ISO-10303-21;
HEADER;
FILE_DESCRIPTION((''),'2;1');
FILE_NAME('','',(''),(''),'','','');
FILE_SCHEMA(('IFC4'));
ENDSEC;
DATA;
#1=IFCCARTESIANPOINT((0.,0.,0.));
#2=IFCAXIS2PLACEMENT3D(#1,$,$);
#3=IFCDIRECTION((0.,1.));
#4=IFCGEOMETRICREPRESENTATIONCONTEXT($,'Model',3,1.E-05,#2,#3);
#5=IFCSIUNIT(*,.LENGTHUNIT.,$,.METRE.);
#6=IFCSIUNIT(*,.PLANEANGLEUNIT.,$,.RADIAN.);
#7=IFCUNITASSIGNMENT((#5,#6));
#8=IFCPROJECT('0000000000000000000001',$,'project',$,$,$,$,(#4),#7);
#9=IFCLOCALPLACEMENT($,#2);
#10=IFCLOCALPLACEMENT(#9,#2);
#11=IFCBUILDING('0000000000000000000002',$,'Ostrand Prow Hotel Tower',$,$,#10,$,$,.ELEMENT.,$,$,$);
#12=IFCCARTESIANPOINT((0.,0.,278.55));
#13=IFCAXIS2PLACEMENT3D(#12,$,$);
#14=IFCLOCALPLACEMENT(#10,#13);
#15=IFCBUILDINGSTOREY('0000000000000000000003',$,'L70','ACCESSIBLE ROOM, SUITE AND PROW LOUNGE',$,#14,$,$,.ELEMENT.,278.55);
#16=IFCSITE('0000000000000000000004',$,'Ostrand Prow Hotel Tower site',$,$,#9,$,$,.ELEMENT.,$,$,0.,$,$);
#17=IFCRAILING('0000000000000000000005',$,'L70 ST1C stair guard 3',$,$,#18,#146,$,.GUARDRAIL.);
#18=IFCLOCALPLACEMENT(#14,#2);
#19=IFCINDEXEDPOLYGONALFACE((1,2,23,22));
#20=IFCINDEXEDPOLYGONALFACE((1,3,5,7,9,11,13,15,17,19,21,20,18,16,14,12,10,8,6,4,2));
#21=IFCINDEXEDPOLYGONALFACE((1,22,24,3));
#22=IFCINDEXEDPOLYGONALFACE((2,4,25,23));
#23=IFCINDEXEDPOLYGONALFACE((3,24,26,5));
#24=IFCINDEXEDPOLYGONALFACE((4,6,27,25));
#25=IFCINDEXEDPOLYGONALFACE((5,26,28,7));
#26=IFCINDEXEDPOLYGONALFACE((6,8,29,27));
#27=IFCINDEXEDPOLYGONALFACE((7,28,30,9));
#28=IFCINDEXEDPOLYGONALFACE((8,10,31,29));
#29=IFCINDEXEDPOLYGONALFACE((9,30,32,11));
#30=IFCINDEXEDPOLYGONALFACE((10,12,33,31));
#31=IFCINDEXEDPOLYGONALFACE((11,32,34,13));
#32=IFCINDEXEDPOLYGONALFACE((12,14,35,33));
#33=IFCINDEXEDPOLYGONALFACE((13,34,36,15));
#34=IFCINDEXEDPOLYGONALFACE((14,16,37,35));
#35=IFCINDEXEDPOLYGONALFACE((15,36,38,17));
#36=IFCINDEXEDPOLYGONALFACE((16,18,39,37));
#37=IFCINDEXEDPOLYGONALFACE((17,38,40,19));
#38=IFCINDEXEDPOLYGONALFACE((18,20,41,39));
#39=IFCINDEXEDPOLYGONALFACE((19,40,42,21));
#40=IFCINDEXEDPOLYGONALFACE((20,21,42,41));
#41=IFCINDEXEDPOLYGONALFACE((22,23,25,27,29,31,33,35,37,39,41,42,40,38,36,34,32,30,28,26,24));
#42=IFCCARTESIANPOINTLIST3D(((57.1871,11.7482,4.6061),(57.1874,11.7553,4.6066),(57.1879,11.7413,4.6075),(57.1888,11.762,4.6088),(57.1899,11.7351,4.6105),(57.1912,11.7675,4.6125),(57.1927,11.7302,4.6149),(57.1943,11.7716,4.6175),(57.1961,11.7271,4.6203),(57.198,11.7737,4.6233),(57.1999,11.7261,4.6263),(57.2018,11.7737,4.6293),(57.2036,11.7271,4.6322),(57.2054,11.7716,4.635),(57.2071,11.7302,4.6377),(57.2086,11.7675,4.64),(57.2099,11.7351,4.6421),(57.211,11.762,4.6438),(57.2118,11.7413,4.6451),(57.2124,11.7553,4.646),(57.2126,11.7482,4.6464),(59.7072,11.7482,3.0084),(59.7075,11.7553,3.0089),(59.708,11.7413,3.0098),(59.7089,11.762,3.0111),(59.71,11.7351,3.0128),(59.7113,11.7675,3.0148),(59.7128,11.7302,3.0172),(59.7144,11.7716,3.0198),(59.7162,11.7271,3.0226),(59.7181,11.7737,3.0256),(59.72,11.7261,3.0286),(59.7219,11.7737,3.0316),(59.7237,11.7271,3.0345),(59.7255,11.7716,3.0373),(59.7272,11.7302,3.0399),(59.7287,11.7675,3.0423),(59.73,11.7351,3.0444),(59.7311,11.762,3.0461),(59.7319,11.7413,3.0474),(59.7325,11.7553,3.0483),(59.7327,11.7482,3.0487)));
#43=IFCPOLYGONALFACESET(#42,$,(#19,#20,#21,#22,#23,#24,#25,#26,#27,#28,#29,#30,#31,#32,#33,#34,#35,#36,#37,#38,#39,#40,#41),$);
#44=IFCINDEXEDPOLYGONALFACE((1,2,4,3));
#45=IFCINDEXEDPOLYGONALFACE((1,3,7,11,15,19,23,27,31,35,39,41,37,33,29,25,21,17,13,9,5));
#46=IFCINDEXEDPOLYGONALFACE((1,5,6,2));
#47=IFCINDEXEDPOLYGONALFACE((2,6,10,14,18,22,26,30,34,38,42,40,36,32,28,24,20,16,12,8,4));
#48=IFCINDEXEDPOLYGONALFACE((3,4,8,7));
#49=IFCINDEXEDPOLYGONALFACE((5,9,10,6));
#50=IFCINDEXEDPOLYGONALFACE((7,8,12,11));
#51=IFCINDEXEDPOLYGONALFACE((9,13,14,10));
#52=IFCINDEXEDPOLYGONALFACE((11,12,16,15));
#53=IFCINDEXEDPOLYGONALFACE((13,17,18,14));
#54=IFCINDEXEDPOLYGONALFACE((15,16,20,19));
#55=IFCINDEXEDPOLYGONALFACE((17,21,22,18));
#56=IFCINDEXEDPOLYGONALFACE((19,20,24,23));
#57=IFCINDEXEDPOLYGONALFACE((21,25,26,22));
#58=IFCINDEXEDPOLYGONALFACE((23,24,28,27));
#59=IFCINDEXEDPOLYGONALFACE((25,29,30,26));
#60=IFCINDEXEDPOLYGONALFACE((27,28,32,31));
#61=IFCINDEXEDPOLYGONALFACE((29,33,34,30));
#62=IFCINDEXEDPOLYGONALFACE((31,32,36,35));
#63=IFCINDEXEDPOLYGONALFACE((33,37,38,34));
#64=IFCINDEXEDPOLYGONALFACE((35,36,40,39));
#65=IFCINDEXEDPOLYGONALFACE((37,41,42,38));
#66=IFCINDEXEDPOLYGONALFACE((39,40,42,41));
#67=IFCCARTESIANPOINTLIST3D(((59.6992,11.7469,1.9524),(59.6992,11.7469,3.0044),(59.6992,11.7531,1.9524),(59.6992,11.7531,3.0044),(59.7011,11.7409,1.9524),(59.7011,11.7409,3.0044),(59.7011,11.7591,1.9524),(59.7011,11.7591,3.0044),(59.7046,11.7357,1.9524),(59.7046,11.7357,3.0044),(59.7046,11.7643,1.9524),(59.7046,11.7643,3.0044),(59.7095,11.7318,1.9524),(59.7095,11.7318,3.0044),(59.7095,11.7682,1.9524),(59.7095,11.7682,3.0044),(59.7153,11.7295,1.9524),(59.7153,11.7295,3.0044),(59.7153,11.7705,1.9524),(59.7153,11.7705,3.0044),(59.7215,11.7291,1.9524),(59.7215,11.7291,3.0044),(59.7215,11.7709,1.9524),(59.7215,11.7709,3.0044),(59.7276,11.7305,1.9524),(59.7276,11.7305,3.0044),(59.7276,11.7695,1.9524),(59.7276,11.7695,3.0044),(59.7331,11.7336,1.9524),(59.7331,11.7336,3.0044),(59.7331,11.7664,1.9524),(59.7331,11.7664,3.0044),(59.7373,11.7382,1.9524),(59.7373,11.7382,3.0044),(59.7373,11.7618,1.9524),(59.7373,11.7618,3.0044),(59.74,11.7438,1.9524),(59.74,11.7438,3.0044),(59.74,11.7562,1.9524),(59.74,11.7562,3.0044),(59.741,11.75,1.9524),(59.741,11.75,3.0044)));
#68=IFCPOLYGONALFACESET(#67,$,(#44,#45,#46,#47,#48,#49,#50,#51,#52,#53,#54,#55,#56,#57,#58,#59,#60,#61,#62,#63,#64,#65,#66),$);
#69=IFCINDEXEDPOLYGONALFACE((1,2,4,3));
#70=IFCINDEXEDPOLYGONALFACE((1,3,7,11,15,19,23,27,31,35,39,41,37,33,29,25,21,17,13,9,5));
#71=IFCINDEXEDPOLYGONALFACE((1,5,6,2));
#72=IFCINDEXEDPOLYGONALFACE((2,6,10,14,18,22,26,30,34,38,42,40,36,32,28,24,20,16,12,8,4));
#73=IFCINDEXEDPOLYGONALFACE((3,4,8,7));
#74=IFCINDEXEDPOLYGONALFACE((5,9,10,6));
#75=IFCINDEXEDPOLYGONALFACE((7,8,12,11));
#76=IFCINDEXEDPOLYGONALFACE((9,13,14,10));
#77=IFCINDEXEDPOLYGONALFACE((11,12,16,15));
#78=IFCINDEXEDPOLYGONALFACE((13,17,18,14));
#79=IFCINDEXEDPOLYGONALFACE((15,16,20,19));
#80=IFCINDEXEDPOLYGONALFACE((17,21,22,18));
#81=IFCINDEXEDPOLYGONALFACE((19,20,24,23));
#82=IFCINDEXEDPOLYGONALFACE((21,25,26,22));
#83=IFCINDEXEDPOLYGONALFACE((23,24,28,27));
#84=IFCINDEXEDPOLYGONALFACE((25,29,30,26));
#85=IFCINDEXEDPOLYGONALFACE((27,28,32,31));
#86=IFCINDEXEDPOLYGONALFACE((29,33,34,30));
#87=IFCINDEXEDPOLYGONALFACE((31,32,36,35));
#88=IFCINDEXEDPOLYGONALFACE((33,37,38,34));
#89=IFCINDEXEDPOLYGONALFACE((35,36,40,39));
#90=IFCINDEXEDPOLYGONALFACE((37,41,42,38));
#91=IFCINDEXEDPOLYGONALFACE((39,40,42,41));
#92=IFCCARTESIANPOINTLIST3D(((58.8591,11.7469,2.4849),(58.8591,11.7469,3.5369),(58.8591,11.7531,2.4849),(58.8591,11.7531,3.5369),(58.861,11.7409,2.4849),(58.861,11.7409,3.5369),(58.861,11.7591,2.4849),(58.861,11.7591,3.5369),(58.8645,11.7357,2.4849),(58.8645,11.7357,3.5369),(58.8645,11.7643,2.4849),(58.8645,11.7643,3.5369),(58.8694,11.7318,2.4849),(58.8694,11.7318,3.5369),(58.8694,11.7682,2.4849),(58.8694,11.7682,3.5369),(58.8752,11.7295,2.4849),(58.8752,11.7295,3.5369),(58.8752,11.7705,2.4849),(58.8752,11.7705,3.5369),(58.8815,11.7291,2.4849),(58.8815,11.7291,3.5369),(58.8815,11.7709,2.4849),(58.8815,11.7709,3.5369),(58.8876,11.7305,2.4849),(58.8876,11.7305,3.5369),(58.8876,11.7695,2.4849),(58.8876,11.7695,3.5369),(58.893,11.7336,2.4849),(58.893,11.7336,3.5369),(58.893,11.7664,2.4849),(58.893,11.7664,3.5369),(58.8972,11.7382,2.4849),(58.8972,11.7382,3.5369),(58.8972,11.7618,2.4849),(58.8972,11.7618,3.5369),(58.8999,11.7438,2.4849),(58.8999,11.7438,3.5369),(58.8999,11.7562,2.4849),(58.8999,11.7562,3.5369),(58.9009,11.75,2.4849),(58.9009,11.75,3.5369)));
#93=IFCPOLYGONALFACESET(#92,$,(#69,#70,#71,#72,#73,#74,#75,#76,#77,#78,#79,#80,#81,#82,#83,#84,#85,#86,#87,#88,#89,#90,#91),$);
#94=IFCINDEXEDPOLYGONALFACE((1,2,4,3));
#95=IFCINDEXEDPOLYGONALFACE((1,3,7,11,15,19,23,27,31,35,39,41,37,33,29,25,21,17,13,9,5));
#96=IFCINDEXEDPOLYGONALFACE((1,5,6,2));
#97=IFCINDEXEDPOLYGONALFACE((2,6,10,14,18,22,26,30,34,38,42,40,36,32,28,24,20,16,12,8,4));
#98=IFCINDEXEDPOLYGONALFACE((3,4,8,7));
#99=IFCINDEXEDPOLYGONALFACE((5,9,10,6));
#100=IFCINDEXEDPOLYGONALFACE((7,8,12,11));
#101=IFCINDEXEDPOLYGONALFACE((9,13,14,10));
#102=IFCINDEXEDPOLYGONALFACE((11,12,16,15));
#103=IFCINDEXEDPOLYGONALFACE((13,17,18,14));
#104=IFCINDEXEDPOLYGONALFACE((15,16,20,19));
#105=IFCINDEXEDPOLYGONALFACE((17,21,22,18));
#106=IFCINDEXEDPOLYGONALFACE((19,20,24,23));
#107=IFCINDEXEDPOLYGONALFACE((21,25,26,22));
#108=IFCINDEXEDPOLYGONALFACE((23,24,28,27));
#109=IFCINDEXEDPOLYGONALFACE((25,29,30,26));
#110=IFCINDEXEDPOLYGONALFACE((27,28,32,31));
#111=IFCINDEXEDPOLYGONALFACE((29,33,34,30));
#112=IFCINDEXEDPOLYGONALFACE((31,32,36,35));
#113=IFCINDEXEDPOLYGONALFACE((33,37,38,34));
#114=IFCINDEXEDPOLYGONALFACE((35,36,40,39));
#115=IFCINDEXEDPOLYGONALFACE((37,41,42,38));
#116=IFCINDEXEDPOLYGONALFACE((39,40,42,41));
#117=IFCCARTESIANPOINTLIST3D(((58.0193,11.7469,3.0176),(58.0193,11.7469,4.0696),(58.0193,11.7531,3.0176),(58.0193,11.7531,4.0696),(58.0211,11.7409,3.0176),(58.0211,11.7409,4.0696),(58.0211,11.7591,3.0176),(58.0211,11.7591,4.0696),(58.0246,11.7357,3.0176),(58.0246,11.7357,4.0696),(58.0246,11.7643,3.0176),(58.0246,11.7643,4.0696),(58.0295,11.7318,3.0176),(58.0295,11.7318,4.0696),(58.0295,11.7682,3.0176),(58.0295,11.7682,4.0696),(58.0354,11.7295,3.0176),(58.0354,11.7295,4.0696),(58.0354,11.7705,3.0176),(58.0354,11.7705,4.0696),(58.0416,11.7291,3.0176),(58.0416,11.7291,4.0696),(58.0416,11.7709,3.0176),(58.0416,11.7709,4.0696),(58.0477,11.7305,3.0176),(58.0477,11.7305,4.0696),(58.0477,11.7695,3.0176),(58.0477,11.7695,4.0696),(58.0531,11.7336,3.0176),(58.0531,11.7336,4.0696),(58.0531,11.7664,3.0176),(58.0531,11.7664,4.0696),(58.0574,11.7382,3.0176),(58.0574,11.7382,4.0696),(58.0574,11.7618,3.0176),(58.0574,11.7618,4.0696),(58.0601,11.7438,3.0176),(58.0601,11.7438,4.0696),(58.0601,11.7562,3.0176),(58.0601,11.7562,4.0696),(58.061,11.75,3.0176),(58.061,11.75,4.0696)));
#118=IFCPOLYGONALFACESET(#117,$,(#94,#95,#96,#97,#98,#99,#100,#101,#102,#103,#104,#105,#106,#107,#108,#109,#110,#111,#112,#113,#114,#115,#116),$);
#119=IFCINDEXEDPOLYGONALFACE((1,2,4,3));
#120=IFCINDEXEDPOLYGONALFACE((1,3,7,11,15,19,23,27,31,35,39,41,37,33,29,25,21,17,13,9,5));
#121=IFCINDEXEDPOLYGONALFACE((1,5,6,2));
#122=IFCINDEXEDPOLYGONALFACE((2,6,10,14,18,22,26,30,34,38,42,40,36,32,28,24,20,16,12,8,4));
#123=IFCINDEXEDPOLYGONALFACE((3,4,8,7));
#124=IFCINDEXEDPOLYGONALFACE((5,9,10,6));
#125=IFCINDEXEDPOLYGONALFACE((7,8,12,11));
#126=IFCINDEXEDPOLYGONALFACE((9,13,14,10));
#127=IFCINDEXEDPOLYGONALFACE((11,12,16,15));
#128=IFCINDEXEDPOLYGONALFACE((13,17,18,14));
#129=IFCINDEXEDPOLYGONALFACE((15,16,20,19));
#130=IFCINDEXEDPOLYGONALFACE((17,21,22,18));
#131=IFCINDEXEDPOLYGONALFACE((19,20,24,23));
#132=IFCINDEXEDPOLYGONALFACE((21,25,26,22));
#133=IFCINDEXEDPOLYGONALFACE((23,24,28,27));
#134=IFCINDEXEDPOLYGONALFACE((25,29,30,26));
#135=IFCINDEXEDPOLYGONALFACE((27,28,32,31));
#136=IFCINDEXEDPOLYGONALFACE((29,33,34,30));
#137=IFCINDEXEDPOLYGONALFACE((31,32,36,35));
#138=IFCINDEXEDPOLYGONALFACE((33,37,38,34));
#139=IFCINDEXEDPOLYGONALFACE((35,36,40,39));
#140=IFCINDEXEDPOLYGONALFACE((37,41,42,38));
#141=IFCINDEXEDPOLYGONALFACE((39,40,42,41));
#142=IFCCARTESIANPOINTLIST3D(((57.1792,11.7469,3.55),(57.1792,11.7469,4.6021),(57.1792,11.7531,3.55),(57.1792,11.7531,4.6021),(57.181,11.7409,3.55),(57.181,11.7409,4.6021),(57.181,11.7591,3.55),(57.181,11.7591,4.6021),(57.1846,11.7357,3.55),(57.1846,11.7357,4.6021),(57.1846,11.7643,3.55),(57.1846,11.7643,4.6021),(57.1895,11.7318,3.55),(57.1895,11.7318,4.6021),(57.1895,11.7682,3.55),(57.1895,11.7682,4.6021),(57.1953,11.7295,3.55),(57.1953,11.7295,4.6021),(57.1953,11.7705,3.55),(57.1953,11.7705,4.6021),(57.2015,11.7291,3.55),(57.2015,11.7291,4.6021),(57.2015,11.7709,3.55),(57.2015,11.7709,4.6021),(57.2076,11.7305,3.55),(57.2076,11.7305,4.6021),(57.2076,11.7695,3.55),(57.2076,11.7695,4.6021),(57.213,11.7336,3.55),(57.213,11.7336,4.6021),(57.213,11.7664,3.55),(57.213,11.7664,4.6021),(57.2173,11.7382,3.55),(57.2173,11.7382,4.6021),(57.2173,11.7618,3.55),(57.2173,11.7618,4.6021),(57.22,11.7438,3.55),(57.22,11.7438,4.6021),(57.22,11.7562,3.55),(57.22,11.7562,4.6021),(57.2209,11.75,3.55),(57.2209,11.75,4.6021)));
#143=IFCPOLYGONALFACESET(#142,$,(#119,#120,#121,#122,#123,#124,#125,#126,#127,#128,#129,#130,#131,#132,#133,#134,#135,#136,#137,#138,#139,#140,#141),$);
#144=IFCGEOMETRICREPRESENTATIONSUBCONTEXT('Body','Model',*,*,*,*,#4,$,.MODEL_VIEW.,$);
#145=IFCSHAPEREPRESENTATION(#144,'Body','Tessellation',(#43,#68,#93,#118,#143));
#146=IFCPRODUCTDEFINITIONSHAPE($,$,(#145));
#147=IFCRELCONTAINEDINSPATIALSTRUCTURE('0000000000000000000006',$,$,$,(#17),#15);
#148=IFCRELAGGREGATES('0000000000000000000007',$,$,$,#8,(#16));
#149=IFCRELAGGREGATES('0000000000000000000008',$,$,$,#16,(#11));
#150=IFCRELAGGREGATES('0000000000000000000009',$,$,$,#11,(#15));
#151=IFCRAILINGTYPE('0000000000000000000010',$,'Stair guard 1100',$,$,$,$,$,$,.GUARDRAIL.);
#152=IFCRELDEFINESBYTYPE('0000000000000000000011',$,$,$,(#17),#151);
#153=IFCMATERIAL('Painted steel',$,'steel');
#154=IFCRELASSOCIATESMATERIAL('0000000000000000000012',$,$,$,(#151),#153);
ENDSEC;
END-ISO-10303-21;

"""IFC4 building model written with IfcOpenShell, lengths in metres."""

from ifc_helpers import new_model, si_unit, direction, frame, origin, origin_2d, place, context, subcontext, project, spatial, circle, extrude, material, type_object, element, save


model = new_model("IFC4")

# Units and contexts
model_context = context("Model", 3, precision=1e-05, world=origin(), true_north=direction((0.0, 1.0)))
body_context = subcontext(model_context, "Body", "Model", "MODEL_VIEW")
ifc_project = project(units=[si_unit("LENGTHUNIT", "METRE"), si_unit("PLANEANGLEUNIT", "RADIAN")], contexts=[model_context])

# Site, building, storey
site_placement = place(None, origin())
site = spatial("IfcSite", under=ifc_project, at=site_placement, Name="Ostrand Prow Hotel Tower site", CompositionType="ELEMENT", RefElevation=0.0)
building_placement = place(site_placement, origin())
building = spatial("IfcBuilding", under=site, at=building_placement, Name="Ostrand Prow Hotel Tower", CompositionType="ELEMENT")
storey_placement = place(building_placement, frame((0.0, 0.0, 278.55)))
storey = spatial("IfcBuildingStorey", under=building, at=storey_placement, Name="L70", Description="ACCESSIBLE ROOM, SUITE AND PROW LOUNGE", CompositionType="ELEMENT", Elevation=278.55)

# Railing
ifc_material_1 = material(Name="Painted steel", Category="steel")
railing_type_1 = type_object("IfcRailingType", Name="Stair guard 1100", PredefinedType="GUARDRAIL", material=ifc_material_1)
railing_1_placement = place(storey_placement, frame((59.72, 11.75, 1.9524)))
element("IfcRailing", 1, at=railing_1_placement, inside=storey, type_object=railing_type_1, Name="L70 ST1C stair guard 3", PredefinedType="GUARDRAIL", context=body_context, shape_type="SweptSolid", body=[
    extrude(circle(Radius=0.0239, at=origin_2d()), frame((0.0, 0.0, 1.0762), z_axis=(-0.84457, 0.0, 0.535445), x_axis=(0.0, -1.0, 0.0)), (0.0, 0.0, 1.0), 2.9839),
    extrude(circle(Radius=0.021, at=origin_2d()), origin(), (0.0, 0.0, 1.0), 1.052),
    extrude(circle(Radius=0.021, at=origin_2d()), frame((-0.8401, 0.0, 0.5325)), (0.0, 0.0, 1.0), 1.052),
    extrude(circle(Radius=0.021, at=origin_2d()), frame((-1.6799, 0.0, 1.0652)), (0.0, 0.0, 1.0), 1.052),
    extrude(circle(Radius=0.021, at=origin_2d()), frame((-2.52, 0.0, 1.5977)), (0.0, 0.0, 1.0), 1.052),
])

save(model, "model.ifc")
